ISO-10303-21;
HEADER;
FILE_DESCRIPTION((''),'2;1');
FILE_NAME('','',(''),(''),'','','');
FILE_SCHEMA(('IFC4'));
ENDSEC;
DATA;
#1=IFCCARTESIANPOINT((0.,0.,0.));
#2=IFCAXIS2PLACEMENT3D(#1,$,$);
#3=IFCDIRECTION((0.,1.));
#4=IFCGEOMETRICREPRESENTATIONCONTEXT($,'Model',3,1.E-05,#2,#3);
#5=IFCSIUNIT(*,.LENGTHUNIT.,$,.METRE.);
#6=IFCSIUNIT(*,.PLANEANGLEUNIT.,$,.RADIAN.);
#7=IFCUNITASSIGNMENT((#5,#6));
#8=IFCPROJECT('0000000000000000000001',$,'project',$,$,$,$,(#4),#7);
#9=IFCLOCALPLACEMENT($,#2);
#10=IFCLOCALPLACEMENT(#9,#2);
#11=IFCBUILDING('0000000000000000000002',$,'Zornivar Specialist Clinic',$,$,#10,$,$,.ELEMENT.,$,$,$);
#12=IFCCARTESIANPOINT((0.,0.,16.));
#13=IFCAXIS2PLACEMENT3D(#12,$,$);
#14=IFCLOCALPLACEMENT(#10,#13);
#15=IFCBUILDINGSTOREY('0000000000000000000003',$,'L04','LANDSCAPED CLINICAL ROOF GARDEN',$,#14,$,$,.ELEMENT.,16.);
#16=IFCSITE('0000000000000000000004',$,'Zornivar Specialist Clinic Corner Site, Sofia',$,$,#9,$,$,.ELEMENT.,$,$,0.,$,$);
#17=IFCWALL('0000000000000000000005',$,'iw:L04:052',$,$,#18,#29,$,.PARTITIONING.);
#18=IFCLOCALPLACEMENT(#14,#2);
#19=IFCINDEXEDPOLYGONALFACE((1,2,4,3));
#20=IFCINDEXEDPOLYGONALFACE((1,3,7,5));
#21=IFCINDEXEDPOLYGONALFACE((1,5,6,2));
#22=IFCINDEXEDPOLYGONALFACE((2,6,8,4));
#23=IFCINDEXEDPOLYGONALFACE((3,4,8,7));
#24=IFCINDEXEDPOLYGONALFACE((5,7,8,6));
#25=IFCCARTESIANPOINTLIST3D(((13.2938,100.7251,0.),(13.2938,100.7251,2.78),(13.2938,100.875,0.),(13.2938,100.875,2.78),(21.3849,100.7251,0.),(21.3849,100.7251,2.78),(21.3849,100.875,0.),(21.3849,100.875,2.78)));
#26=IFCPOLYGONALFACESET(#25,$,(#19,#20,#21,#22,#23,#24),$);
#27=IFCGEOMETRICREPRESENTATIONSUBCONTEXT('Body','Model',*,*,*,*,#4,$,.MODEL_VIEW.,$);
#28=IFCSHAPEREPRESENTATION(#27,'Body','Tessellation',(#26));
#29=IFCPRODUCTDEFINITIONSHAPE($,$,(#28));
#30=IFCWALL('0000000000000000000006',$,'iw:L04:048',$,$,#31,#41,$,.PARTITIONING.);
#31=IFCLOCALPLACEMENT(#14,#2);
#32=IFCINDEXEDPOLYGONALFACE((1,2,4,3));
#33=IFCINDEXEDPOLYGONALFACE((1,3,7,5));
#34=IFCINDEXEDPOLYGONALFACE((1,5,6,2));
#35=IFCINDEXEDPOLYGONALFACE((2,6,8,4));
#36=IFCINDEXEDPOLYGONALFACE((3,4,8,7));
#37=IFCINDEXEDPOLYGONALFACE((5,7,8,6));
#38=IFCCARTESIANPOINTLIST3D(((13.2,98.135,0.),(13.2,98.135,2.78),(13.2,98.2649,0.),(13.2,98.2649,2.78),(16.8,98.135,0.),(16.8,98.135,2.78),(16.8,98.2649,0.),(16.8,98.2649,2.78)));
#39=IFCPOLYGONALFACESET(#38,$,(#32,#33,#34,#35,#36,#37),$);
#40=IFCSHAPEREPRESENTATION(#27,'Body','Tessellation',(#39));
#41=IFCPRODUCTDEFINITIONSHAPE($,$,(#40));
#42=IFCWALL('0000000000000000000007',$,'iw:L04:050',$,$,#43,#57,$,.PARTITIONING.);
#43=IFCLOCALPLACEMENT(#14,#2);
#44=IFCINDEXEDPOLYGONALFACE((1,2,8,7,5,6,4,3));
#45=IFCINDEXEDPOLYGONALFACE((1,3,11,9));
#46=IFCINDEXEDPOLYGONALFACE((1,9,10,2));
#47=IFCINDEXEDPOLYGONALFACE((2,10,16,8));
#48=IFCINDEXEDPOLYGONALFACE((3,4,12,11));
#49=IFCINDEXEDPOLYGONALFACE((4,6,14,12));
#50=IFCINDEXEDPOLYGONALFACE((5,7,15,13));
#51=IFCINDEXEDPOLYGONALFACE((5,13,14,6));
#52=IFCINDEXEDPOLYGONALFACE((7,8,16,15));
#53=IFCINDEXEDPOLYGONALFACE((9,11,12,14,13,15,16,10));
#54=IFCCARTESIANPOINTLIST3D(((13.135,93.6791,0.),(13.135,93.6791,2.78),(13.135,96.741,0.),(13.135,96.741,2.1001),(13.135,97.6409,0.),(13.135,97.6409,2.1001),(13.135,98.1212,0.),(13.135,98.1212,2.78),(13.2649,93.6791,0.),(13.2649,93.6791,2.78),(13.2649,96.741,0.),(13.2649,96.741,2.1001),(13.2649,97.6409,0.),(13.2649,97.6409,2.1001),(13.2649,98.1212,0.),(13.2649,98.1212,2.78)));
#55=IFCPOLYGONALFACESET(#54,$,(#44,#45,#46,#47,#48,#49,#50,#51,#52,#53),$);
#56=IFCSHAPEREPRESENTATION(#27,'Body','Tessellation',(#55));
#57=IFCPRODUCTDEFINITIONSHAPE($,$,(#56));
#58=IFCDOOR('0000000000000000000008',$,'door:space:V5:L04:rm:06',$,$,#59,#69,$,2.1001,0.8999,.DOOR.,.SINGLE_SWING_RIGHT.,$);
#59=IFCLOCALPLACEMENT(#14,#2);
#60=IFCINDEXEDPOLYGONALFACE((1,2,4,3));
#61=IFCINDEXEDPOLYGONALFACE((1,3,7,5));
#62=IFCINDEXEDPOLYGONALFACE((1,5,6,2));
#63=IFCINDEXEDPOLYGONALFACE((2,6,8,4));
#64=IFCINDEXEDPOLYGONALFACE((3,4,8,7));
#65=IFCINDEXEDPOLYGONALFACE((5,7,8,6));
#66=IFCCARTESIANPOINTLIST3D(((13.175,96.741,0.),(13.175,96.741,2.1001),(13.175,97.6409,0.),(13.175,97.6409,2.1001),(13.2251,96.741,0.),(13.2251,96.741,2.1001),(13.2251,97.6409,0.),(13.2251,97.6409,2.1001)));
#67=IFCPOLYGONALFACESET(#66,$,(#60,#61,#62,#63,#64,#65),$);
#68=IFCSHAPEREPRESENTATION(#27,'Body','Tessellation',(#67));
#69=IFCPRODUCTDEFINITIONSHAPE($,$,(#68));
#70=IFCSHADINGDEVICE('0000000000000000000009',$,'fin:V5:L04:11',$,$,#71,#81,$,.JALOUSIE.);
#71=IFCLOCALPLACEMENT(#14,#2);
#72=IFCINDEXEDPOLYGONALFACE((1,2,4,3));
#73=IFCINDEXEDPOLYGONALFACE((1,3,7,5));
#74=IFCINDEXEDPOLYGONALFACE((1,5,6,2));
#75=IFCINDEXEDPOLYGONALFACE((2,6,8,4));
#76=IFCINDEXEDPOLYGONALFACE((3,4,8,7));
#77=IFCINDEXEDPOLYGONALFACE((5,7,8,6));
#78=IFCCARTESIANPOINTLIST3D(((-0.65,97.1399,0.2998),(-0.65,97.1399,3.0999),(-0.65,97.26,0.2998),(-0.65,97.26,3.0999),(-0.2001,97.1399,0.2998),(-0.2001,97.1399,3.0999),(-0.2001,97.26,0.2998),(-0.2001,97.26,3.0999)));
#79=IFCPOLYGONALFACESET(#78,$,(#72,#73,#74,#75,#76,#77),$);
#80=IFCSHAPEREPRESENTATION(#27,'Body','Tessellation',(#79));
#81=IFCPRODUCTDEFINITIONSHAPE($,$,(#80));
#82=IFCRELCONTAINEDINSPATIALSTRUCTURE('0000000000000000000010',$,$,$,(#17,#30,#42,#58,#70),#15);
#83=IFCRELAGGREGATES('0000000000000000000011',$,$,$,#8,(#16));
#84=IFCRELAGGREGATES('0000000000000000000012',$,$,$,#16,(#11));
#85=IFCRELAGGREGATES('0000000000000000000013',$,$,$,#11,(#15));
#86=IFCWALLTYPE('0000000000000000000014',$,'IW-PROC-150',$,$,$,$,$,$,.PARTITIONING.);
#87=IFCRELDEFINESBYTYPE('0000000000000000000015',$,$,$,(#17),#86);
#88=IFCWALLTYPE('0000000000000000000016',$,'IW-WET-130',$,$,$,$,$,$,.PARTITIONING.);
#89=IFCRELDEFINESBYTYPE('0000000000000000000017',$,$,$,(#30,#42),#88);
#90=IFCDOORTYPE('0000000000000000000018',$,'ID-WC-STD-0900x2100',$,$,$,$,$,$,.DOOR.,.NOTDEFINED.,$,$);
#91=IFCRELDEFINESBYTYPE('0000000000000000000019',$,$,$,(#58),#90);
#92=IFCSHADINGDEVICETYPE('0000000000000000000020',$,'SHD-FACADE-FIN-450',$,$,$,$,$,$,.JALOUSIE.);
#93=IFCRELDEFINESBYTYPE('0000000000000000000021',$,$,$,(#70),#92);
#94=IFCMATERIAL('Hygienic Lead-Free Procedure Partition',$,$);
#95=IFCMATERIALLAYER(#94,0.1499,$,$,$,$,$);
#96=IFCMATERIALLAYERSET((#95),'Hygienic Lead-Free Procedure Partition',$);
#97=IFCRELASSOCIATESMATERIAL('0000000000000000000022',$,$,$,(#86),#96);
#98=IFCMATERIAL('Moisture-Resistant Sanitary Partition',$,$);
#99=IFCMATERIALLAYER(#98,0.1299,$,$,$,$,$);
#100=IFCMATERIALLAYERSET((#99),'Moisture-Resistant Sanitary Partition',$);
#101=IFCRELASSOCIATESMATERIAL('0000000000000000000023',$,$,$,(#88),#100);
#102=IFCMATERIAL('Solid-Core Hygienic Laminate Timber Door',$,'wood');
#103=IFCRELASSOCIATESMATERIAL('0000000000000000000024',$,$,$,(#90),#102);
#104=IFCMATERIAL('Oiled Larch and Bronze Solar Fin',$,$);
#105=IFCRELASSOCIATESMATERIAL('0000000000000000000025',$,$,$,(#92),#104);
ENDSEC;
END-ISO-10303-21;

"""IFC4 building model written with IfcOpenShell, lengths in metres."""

from ifc_helpers import new_model, si_unit, direction, frame, frame_2d, origin, origin_2d, place, context, subcontext, project, spatial, rectangle, extrude, material, layer, layer_set, type_object, element, fill, save


model = new_model("IFC4")

# Units and contexts
model_context = context("Model", 3, precision=1e-05, world=origin(), true_north=direction((0.0, 1.0)))
body_context = subcontext(model_context, "Body", "Model", "MODEL_VIEW")
ifc_project = project(units=[si_unit("LENGTHUNIT", "METRE"), si_unit("PLANEANGLEUNIT", "RADIAN")], contexts=[model_context])

# Site, building, storey
site_placement = place(None, origin())
site = spatial("IfcSite", under=ifc_project, at=site_placement, Name="Zornivar Specialist Clinic Corner Site, Sofia", CompositionType="ELEMENT", RefElevation=0.0)
building_placement = place(site_placement, origin())
building = spatial("IfcBuilding", under=site, at=building_placement, Name="Zornivar Specialist Clinic", CompositionType="ELEMENT")
storey_placement = place(building_placement, frame((0.0, 0.0, 16.0)))
storey = spatial("IfcBuildingStorey", under=building, at=storey_placement, Name="L04", Description="LANDSCAPED CLINICAL ROOF GARDEN", CompositionType="ELEMENT", Elevation=16.0)

# Walls
ifc_material_1 = material(Name="Hygienic Lead-Free Procedure Partition")
ifc_layer_1 = layer(ifc_material_1, 0.1499)
ifc_layer_set_1 = layer_set([ifc_layer_1], Name="Hygienic Lead-Free Procedure Partition")
wall_type_1 = type_object("IfcWallType", Name="IW-PROC-150", PredefinedType="PARTITIONING", material=ifc_layer_set_1)
wall_1_placement = place(storey_placement, frame((13.2939, 100.8, 0.0), z_axis=(0.0, 0.0, 1.0), x_axis=(1.0, 0.0, 0.0)))
element("IfcWall", 1, at=wall_1_placement, inside=storey, type_object=wall_type_1, Name="iw:L04:052", PredefinedType="PARTITIONING", context=body_context, shape_type="SweptSolid", body=[
    extrude(rectangle(XDim=8.0911, YDim=0.1499, at=frame_2d((4.0454, 0.0))), origin(), (0.0, 0.0, 1.0), 2.78),
])
ifc_material_2 = material(Name="Moisture-Resistant Sanitary Partition")
ifc_layer_2 = layer(ifc_material_2, 0.1299)
ifc_layer_set_2 = layer_set([ifc_layer_2], Name="Moisture-Resistant Sanitary Partition")
wall_type_2 = type_object("IfcWallType", Name="IW-WET-130", PredefinedType="PARTITIONING", material=ifc_layer_set_2)
wall_2_placement = place(storey_placement, frame((13.2, 98.2, 0.0), z_axis=(0.0, 0.0, 1.0), x_axis=(1.0, 0.0, 0.0)))
element("IfcWall", 2, at=wall_2_placement, inside=storey, type_object=wall_type_2, Name="iw:L04:048", PredefinedType="PARTITIONING", context=body_context, shape_type="SweptSolid", body=[
    extrude(rectangle(XDim=3.6001, YDim=0.1299, at=frame_2d((1.8, 0.0))), origin(), (0.0, 0.0, 1.0), 2.78),
])

# Wall, opening, door
wall_3_placement = place(storey_placement, frame((13.2, 93.679, 0.0), z_axis=(0.0, 0.0, 1.0), x_axis=(0.0, 1.0, 0.0)))
wall_3 = element("IfcWall", 3, at=wall_3_placement, inside=storey, type_object=wall_type_2, Name="iw:L04:050", PredefinedType="PARTITIONING", context=body_context, shape_type="SweptSolid", body=[
    extrude(rectangle(XDim=4.4421, YDim=0.1299, at=frame_2d((2.2212, 0.0))), origin(), (0.0, 0.0, 1.0), 2.78),
])
opening_1_placement = place(wall_3_placement, frame((3.062, 0.0, 0.0)))
opening_1 = element("IfcOpeningElement", 4, at=opening_1_placement, cuts=wall_3, PredefinedType="OPENING", context=body_context, shape_type="SweptSolid", body=[
    extrude(rectangle(XDim=0.8999, YDim=2.1001, at=frame_2d((0.45, 1.05))), frame((0.0, 0.075, 0.0), z_axis=(0.0, -1.0, 0.0), x_axis=(1.0, 0.0, 0.0)), (0.0, 0.0, 1.0), 0.1499),
])
ifc_material_3 = material(Name="Solid-Core Hygienic Laminate Timber Door", Category="wood")
door_type_1 = type_object("IfcDoorType", Name="ID-WC-STD-0900x2100", OperationType="NOTDEFINED", PredefinedType="DOOR", material=ifc_material_3)
door_1_placement = place(opening_1_placement, origin())
door_1 = element("IfcDoor", 5, at=door_1_placement, inside=storey, type_object=door_type_1, Name="door:space:V5:L04:rm:06", OperationType="SINGLE_SWING_RIGHT", OverallHeight=2.1001, OverallWidth=0.8999, PredefinedType="DOOR", context=body_context, shape_type="SweptSolid", body=[
    extrude(rectangle(XDim=0.8999, YDim=2.1001, at=frame_2d((0.45, 1.05))), frame((0.0, 0.0249, 0.0), z_axis=(0.0, -1.0, 0.0), x_axis=(1.0, 0.0, 0.0)), (0.0, 0.0, 1.0), 0.05),
])
fill(opening_1, door_1)

# Shading device
ifc_material_4 = material(Name="Oiled Larch and Bronze Solar Fin")
shading_device_type = type_object("IfcShadingDeviceType", Name="SHD-FACADE-FIN-450", PredefinedType="JALOUSIE", material=ifc_material_4)
shading_device_placement = place(storey_placement, frame((-0.425, 97.2, 0.2998), z_axis=(0.0, 0.0, 1.0), x_axis=(0.0, -1.0, 0.0)))
element("IfcShadingDevice", 6, at=shading_device_placement, inside=storey, type_object=shading_device_type, Name="fin:V5:L04:11", PredefinedType="JALOUSIE", context=body_context, shape_type="SweptSolid", body=[
    extrude(rectangle(XDim=0.1201, YDim=0.45, at=origin_2d()), origin(), (0.0, 0.0, 1.0), 2.8),
])

save(model, "model.ifc")
